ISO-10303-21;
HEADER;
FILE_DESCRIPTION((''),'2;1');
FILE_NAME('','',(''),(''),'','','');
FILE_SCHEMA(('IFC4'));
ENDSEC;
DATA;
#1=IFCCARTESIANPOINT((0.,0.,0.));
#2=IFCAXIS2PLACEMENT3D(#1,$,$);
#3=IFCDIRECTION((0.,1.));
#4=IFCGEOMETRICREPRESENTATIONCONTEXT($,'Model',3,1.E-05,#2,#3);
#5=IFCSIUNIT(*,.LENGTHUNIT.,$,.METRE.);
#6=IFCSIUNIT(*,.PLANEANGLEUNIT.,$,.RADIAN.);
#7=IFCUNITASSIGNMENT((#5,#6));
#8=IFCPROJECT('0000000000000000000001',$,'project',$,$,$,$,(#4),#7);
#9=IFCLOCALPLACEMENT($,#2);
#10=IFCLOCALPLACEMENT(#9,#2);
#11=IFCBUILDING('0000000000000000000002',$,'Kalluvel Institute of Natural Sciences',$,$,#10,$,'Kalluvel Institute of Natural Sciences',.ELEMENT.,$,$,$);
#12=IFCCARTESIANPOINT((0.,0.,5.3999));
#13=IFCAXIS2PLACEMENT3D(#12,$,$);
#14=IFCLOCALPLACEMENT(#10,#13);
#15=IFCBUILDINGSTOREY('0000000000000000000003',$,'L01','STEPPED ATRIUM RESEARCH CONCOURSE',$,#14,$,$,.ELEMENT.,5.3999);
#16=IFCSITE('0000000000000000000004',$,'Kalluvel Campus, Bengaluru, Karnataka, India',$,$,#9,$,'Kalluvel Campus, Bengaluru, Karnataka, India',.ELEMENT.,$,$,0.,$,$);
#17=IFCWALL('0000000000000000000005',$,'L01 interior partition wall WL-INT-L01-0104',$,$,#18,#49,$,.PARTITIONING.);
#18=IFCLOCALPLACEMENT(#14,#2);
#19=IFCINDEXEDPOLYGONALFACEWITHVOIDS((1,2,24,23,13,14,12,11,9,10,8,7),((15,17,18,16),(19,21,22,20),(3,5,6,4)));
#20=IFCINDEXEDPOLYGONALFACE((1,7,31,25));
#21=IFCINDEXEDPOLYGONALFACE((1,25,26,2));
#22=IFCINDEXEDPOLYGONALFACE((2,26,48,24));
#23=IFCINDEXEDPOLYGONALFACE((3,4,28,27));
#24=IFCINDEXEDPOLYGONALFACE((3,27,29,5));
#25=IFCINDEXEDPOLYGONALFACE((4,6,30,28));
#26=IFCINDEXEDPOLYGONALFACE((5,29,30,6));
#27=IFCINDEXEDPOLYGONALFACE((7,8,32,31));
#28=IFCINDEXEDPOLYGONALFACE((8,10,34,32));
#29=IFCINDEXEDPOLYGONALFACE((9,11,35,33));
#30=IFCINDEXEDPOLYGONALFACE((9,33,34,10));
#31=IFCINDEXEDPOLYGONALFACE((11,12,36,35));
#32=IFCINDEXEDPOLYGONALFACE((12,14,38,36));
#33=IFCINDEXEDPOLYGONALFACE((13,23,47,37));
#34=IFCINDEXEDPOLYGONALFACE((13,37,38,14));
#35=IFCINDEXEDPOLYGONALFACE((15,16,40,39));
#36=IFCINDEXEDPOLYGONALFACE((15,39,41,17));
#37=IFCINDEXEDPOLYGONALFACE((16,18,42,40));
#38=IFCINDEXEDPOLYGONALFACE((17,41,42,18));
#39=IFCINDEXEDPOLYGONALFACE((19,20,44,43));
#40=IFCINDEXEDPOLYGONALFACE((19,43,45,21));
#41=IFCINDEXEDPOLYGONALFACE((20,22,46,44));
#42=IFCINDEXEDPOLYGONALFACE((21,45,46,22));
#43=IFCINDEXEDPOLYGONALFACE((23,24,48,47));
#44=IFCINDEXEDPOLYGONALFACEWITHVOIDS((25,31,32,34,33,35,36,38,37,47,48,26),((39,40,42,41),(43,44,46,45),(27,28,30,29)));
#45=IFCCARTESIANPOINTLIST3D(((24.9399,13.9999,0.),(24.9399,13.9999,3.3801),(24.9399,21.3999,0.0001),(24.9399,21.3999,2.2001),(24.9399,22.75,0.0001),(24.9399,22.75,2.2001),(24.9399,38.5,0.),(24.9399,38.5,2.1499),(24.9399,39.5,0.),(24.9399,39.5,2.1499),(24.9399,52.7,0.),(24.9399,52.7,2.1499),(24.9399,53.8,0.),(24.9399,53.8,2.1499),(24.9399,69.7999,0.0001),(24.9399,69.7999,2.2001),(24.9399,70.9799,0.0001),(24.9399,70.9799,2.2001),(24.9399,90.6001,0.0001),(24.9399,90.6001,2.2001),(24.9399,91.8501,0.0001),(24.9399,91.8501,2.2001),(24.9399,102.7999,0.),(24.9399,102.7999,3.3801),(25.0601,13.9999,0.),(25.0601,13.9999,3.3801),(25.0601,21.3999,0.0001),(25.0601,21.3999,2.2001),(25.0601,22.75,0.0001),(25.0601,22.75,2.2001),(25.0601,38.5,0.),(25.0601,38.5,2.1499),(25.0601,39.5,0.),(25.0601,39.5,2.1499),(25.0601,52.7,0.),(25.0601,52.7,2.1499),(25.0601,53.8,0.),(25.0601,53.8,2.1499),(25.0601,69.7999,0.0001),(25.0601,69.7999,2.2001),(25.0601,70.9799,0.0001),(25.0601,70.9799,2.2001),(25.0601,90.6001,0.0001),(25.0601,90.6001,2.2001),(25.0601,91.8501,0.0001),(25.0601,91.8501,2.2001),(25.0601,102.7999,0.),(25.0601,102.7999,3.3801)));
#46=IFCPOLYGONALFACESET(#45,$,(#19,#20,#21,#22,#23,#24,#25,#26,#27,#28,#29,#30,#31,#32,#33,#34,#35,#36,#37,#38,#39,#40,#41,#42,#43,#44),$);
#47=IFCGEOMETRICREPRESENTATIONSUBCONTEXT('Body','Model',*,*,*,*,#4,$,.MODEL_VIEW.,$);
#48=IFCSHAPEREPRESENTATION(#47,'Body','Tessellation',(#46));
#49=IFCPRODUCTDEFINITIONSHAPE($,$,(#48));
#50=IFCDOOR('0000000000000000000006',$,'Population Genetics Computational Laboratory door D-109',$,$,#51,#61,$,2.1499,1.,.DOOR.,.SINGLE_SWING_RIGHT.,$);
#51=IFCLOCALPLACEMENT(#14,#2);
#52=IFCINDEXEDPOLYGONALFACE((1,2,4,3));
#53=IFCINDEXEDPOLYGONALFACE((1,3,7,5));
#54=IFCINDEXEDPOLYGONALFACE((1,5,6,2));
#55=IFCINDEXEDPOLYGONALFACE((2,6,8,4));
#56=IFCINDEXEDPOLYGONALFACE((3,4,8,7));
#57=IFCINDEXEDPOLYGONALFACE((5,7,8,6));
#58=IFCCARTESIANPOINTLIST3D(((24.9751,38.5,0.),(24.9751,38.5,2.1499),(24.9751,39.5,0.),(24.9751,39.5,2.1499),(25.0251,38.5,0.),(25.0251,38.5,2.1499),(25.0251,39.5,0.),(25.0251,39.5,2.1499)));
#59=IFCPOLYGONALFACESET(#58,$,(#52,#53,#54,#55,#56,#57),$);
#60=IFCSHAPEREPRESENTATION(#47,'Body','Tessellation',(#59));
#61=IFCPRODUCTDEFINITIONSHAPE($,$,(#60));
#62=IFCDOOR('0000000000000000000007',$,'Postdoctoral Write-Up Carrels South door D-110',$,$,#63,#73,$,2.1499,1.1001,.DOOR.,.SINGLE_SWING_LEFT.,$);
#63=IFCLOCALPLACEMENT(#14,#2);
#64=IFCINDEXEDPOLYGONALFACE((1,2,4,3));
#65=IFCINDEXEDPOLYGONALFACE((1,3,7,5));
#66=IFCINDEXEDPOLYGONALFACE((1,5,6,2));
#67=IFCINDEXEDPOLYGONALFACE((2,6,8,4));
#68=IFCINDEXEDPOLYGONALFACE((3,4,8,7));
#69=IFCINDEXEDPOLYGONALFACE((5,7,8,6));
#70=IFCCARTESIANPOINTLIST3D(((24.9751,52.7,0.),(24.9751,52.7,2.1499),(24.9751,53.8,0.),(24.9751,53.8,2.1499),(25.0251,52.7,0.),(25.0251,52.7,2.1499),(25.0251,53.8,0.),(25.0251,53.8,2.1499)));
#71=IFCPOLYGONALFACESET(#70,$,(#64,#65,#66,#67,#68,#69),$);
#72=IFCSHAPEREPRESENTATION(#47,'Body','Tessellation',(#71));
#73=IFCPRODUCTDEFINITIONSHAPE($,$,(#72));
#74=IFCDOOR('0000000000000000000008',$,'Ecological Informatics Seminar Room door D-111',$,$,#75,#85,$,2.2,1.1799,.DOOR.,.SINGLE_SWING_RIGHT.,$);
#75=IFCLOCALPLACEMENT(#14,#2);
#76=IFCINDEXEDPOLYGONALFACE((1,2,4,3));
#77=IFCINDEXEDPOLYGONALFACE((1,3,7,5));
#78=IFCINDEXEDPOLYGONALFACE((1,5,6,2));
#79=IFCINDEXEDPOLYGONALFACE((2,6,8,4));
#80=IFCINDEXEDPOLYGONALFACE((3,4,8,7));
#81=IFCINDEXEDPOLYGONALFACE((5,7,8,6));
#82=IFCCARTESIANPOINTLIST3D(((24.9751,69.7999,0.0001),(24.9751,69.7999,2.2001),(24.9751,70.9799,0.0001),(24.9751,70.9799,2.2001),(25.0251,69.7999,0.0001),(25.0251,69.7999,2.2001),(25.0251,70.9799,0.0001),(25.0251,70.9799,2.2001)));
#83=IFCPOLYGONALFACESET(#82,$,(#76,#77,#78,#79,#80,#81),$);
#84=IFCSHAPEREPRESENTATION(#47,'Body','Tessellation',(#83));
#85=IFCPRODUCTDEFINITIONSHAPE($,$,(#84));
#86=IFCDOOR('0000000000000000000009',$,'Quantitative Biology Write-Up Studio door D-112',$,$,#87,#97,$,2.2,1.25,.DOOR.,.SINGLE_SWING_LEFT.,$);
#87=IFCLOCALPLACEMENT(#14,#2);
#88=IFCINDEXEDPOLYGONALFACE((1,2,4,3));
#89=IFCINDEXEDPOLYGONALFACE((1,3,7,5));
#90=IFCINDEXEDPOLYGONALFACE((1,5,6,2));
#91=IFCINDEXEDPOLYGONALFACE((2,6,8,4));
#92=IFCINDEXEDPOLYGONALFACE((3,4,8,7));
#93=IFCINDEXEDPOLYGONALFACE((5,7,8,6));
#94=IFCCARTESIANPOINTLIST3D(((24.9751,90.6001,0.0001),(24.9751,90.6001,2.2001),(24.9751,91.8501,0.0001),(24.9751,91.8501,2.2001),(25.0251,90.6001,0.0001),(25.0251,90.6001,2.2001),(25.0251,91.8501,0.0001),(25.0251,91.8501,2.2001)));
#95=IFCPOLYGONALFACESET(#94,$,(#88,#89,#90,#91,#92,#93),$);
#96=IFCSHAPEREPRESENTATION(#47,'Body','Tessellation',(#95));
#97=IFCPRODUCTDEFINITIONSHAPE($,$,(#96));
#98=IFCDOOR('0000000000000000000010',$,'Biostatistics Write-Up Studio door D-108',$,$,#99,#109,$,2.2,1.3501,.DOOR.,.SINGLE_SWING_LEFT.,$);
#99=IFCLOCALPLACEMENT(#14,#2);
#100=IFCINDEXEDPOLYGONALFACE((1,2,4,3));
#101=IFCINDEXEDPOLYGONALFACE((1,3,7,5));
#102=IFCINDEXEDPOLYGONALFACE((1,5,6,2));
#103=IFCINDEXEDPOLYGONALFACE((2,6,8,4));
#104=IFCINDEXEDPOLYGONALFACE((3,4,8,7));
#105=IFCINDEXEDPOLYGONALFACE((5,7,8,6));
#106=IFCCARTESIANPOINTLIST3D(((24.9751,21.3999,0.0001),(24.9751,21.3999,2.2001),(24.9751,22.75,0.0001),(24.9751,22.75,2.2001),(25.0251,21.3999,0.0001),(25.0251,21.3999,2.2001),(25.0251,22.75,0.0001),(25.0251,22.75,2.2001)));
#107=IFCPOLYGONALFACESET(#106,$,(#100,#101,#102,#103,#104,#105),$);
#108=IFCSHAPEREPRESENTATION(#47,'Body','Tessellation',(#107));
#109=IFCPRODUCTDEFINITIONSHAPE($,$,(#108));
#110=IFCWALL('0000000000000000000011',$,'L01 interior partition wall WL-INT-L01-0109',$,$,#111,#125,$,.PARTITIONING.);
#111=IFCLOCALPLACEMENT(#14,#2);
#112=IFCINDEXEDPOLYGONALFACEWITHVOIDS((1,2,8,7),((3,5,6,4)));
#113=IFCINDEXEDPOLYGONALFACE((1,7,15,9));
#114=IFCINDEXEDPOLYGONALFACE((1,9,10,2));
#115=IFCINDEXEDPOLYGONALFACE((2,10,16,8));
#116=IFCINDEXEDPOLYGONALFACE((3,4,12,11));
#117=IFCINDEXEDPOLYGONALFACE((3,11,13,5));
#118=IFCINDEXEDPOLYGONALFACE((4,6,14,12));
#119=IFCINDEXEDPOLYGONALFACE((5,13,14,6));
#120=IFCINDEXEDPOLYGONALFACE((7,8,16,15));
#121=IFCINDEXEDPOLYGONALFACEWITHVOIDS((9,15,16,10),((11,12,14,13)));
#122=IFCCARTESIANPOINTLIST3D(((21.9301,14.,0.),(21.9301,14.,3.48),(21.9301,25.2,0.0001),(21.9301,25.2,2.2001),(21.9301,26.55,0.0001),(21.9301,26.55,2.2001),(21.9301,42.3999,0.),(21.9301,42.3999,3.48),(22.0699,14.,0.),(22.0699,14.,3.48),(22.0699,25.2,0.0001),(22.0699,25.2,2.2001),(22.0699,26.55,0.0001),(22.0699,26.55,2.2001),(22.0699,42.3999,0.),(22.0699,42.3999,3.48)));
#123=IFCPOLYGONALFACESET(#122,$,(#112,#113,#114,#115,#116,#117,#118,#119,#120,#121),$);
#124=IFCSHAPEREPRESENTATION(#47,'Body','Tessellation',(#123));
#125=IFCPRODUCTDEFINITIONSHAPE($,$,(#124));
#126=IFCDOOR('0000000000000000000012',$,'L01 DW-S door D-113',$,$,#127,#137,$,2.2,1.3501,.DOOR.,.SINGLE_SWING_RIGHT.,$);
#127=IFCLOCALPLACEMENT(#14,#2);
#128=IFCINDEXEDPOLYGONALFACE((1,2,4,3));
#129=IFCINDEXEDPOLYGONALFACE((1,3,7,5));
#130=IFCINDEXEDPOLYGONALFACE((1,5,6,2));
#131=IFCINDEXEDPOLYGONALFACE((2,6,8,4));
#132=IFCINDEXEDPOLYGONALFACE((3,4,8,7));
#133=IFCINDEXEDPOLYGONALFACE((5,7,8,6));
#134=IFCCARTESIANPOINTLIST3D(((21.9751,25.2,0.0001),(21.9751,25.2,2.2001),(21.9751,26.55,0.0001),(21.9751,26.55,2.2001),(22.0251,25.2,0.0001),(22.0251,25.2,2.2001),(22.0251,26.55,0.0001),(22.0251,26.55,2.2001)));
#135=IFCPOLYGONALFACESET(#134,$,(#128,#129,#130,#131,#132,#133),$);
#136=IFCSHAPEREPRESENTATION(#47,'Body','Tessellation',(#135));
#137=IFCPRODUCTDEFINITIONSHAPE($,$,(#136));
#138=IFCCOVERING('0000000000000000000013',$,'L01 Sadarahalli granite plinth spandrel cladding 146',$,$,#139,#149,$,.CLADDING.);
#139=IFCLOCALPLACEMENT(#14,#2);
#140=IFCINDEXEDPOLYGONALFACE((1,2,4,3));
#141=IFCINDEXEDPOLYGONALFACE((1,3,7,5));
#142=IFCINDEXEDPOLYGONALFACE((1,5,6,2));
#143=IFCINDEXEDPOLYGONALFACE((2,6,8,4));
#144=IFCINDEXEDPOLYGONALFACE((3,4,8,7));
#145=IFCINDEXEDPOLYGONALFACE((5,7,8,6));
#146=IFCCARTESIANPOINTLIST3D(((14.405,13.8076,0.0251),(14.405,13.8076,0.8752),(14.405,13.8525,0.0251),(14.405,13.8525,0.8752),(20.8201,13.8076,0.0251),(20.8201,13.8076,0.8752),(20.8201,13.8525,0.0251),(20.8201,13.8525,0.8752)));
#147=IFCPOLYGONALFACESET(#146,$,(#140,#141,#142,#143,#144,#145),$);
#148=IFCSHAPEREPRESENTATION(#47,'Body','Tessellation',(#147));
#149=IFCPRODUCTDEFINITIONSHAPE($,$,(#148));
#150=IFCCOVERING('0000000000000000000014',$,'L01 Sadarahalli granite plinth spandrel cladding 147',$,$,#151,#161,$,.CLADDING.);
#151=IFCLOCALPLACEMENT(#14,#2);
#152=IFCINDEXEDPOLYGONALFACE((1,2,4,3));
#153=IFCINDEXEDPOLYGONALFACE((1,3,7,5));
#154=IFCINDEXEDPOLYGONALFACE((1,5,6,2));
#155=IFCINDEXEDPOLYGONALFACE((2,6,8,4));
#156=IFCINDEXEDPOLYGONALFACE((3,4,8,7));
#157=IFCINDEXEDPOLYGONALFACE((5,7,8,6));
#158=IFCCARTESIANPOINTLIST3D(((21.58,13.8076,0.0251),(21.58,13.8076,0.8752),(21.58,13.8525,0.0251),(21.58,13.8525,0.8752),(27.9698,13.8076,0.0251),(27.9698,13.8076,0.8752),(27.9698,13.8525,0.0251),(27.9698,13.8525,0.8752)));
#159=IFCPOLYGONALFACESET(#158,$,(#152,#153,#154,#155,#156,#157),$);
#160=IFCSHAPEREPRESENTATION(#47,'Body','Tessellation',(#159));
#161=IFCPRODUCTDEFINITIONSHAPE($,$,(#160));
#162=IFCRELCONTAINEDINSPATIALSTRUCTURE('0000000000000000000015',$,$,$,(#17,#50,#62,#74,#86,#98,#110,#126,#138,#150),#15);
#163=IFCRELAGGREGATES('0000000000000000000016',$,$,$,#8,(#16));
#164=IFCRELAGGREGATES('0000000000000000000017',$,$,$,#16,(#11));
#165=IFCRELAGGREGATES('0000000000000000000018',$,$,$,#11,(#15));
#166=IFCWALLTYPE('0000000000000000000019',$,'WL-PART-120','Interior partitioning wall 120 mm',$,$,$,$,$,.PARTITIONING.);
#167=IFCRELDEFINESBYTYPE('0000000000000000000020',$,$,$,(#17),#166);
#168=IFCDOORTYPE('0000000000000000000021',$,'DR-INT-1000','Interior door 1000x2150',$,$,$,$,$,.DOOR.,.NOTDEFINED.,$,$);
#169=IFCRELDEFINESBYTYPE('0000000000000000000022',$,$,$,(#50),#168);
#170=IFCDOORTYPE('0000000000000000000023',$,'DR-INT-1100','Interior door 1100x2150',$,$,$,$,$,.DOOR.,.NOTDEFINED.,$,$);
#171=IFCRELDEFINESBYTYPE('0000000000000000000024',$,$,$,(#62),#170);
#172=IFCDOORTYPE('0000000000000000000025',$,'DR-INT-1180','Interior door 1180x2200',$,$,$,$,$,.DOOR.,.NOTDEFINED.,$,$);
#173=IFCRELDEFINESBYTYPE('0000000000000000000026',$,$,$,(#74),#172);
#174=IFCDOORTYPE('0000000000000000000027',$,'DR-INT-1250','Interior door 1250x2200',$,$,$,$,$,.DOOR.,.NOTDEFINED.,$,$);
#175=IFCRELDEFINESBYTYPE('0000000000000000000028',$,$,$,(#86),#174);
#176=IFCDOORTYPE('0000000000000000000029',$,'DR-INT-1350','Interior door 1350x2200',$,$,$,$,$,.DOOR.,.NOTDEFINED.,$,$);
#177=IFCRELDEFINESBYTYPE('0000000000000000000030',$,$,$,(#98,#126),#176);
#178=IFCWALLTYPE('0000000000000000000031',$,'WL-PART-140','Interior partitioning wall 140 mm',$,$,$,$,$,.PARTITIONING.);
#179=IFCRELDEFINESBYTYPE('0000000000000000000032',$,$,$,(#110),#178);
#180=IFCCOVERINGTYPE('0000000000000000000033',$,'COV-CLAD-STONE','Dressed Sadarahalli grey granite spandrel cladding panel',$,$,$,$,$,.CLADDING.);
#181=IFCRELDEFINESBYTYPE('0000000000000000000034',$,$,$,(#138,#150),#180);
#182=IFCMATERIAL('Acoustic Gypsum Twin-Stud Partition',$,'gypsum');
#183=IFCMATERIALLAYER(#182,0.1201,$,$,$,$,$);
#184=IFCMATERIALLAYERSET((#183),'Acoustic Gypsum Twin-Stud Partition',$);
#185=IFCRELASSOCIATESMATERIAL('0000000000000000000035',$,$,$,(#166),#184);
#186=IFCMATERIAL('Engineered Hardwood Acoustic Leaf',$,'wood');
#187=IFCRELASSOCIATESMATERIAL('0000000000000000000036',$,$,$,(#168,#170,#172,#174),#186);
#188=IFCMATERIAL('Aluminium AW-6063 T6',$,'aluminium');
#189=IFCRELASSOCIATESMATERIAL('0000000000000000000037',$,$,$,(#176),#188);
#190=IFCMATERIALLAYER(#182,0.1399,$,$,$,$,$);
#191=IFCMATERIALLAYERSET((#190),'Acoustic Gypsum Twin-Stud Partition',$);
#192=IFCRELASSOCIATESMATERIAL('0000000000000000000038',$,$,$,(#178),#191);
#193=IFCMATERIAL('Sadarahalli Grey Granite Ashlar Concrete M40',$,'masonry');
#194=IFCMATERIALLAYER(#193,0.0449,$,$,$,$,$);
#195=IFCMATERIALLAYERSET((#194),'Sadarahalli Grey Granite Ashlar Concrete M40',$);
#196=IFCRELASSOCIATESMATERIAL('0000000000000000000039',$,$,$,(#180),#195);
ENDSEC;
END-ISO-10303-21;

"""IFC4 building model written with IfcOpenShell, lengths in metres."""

from ifc_helpers import new_model, si_unit, direction, frame, frame_2d, origin, origin_2d, place, context, subcontext, project, spatial, rectangle, extrude, material, layer, layer_set, type_object, element, fill, save


model = new_model("IFC4")

# Units and contexts
model_context = context("Model", 3, precision=1e-05, world=origin(), true_north=direction((0.0, 1.0)))
body_context = subcontext(model_context, "Body", "Model", "MODEL_VIEW")
ifc_project = project(units=[si_unit("LENGTHUNIT", "METRE"), si_unit("PLANEANGLEUNIT", "RADIAN")], contexts=[model_context])

# Site, building, storey
site_placement = place(None, origin())
site = spatial("IfcSite", under=ifc_project, at=site_placement, Name="Kalluvel Campus, Bengaluru, Karnataka, India", LongName="Kalluvel Campus, Bengaluru, Karnataka, India", CompositionType="ELEMENT", RefElevation=0.0)
building_placement = place(site_placement, origin())
building = spatial("IfcBuilding", under=site, at=building_placement, Name="Kalluvel Institute of Natural Sciences", LongName="Kalluvel Institute of Natural Sciences", CompositionType="ELEMENT")
storey_placement = place(building_placement, frame((0.0, 0.0, 5.3999)))
storey = spatial("IfcBuildingStorey", under=building, at=storey_placement, Name="L01", Description="STEPPED ATRIUM RESEARCH CONCOURSE", CompositionType="ELEMENT", Elevation=5.3999)

# Shared definitions
ifc_material_1 = material(Name="Aluminium AW-6063 T6", Category="aluminium")

# Shared definitions
ifc_material_2 = material(Name="Sadarahalli Grey Granite Ashlar Concrete M40", Category="masonry")

# Wall, openings, doors
ifc_material_3 = material(Name="Acoustic Gypsum Twin-Stud Partition", Category="gypsum")
ifc_layer_1 = layer(ifc_material_3, 0.1201)
ifc_layer_set_1 = layer_set([ifc_layer_1], Name="Acoustic Gypsum Twin-Stud Partition")
wall_type_1 = type_object("IfcWallType", Name="WL-PART-120", Description="Interior partitioning wall 120 mm", PredefinedType="PARTITIONING", material=ifc_layer_set_1)
wall_1_placement = place(storey_placement, frame((25.0, 14.0, 0.0), z_axis=(0.0, 0.0, 1.0), x_axis=(0.0, 1.0, 0.0)))
wall_1 = element("IfcWall", 1, at=wall_1_placement, inside=storey, type_object=wall_type_1, Name="L01 interior partition wall WL-INT-L01-0104", PredefinedType="PARTITIONING", context=body_context, shape_type="SweptSolid", body=[
    extrude(rectangle(XDim=88.8, YDim=0.1201, at=frame_2d((44.3999, 0.0))), origin(), (0.0, 0.0, 1.0), 3.3801),
])
opening_1_placement = place(wall_1_placement, frame((7.3999, 0.0, 0.0)))
opening_1 = element("IfcOpeningElement", 2, at=opening_1_placement, cuts=wall_1, PredefinedType="OPENING", context=body_context, shape_type="SweptSolid", body=[
    extrude(rectangle(XDim=1.3501, YDim=2.2, at=frame_2d((0.675, 1.1001))), frame((0.0, 0.0701, 0.0), z_axis=(0.0, -1.0, 0.0), x_axis=(1.0, 0.0, 0.0)), (0.0, 0.0, 1.0), 0.1401),
])
opening_2_placement = place(wall_1_placement, frame((24.5, 0.0, 0.0)))
opening_2 = element("IfcOpeningElement", 3, at=opening_2_placement, cuts=wall_1, PredefinedType="OPENING", context=body_context, shape_type="SweptSolid", body=[
    extrude(rectangle(XDim=1.0, YDim=2.1499, at=frame_2d((0.5, 1.075))), frame((0.0, 0.0701, 0.0), z_axis=(0.0, -1.0, 0.0), x_axis=(1.0, 0.0, 0.0)), (0.0, 0.0, 1.0), 0.1401),
])
opening_3_placement = place(wall_1_placement, frame((38.7, 0.0, 0.0)))
opening_3 = element("IfcOpeningElement", 4, at=opening_3_placement, cuts=wall_1, PredefinedType="OPENING", context=body_context, shape_type="SweptSolid", body=[
    extrude(rectangle(XDim=1.1001, YDim=2.1499, at=frame_2d((0.55, 1.075))), frame((0.0, 0.0701, 0.0), z_axis=(0.0, -1.0, 0.0), x_axis=(1.0, 0.0, 0.0)), (0.0, 0.0, 1.0), 0.1401),
])
opening_4_placement = place(wall_1_placement, frame((55.8, 0.0, 0.0)))
opening_4 = element("IfcOpeningElement", 5, at=opening_4_placement, cuts=wall_1, PredefinedType="OPENING", context=body_context, shape_type="SweptSolid", body=[
    extrude(rectangle(XDim=1.1799, YDim=2.2, at=frame_2d((0.5898, 1.1001))), frame((0.0, 0.0701, 0.0), z_axis=(0.0, -1.0, 0.0), x_axis=(1.0, 0.0, 0.0)), (0.0, 0.0, 1.0), 0.1401),
])
opening_5_placement = place(wall_1_placement, frame((76.6001, 0.0, 0.0)))
opening_5 = element("IfcOpeningElement", 6, at=opening_5_placement, cuts=wall_1, PredefinedType="OPENING", context=body_context, shape_type="SweptSolid", body=[
    extrude(rectangle(XDim=1.25, YDim=2.2, at=frame_2d((0.625, 1.1001))), frame((0.0, 0.0701, 0.0), z_axis=(0.0, -1.0, 0.0), x_axis=(1.0, 0.0, 0.0)), (0.0, 0.0, 1.0), 0.1401),
])
ifc_material_4 = material(Name="Engineered Hardwood Acoustic Leaf", Category="wood")
door_type_1 = type_object("IfcDoorType", Name="DR-INT-1000", Description="Interior door 1000x2150", OperationType="NOTDEFINED", PredefinedType="DOOR", material=ifc_material_4)
door_1_placement = place(opening_2_placement, origin())
door_1 = element("IfcDoor", 7, at=door_1_placement, inside=storey, type_object=door_type_1, Name="Population Genetics Computational Laboratory door D-109", OperationType="SINGLE_SWING_RIGHT", OverallHeight=2.1499, OverallWidth=1.0, PredefinedType="DOOR", context=body_context, shape_type="SweptSolid", body=[
    extrude(rectangle(XDim=1.0, YDim=2.1499, at=frame_2d((0.5, 1.075))), frame((0.0, 0.0249, 0.0), z_axis=(0.0, -1.0, 0.0), x_axis=(1.0, 0.0, 0.0)), (0.0, 0.0, 1.0), 0.05),
])
fill(opening_2, door_1)
door_type_2 = type_object("IfcDoorType", Name="DR-INT-1100", Description="Interior door 1100x2150", OperationType="NOTDEFINED", PredefinedType="DOOR", material=ifc_material_4)
door_2_placement = place(opening_3_placement, origin())
door_2 = element("IfcDoor", 8, at=door_2_placement, inside=storey, type_object=door_type_2, Name="Postdoctoral Write-Up Carrels South door D-110", OperationType="SINGLE_SWING_LEFT", OverallHeight=2.1499, OverallWidth=1.1001, PredefinedType="DOOR", context=body_context, shape_type="SweptSolid", body=[
    extrude(rectangle(XDim=1.1001, YDim=2.1499, at=frame_2d((0.55, 1.075))), frame((0.0, 0.0249, 0.0), z_axis=(0.0, -1.0, 0.0), x_axis=(1.0, 0.0, 0.0)), (0.0, 0.0, 1.0), 0.05),
])
fill(opening_3, door_2)
door_type_3 = type_object("IfcDoorType", Name="DR-INT-1180", Description="Interior door 1180x2200", OperationType="NOTDEFINED", PredefinedType="DOOR", material=ifc_material_4)
door_3_placement = place(opening_4_placement, origin())
door_3 = element("IfcDoor", 9, at=door_3_placement, inside=storey, type_object=door_type_3, Name="Ecological Informatics Seminar Room door D-111", OperationType="SINGLE_SWING_RIGHT", OverallHeight=2.2, OverallWidth=1.1799, PredefinedType="DOOR", context=body_context, shape_type="SweptSolid", body=[
    extrude(rectangle(XDim=1.1799, YDim=2.2, at=frame_2d((0.5898, 1.1001))), frame((0.0, 0.0249, 0.0), z_axis=(0.0, -1.0, 0.0), x_axis=(1.0, 0.0, 0.0)), (0.0, 0.0, 1.0), 0.05),
])
fill(opening_4, door_3)
door_type_4 = type_object("IfcDoorType", Name="DR-INT-1250", Description="Interior door 1250x2200", OperationType="NOTDEFINED", PredefinedType="DOOR", material=ifc_material_4)
door_4_placement = place(opening_5_placement, origin())
door_4 = element("IfcDoor", 10, at=door_4_placement, inside=storey, type_object=door_type_4, Name="Quantitative Biology Write-Up Studio door D-112", OperationType="SINGLE_SWING_LEFT", OverallHeight=2.2, OverallWidth=1.25, PredefinedType="DOOR", context=body_context, shape_type="SweptSolid", body=[
    extrude(rectangle(XDim=1.25, YDim=2.2, at=frame_2d((0.625, 1.1001))), frame((0.0, 0.0249, 0.0), z_axis=(0.0, -1.0, 0.0), x_axis=(1.0, 0.0, 0.0)), (0.0, 0.0, 1.0), 0.05),
])
fill(opening_5, door_4)
door_type_5 = type_object("IfcDoorType", Name="DR-INT-1350", Description="Interior door 1350x2200", OperationType="NOTDEFINED", PredefinedType="DOOR", material=ifc_material_1)
door_5_placement = place(opening_1_placement, origin())
door_5 = element("IfcDoor", 11, at=door_5_placement, inside=storey, type_object=door_type_5, Name="Biostatistics Write-Up Studio door D-108", OperationType="SINGLE_SWING_LEFT", OverallHeight=2.2, OverallWidth=1.3501, PredefinedType="DOOR", context=body_context, shape_type="SweptSolid", body=[
    extrude(rectangle(XDim=1.3501, YDim=2.2, at=frame_2d((0.675, 1.1001))), frame((0.0, 0.0249, 0.0), z_axis=(0.0, -1.0, 0.0), x_axis=(1.0, 0.0, 0.0)), (0.0, 0.0, 1.0), 0.05),
])
fill(opening_1, door_5)

# Wall, opening, door
ifc_layer_2 = layer(ifc_material_3, 0.1399)
ifc_layer_set_2 = layer_set([ifc_layer_2], Name="Acoustic Gypsum Twin-Stud Partition")
wall_type_2 = type_object("IfcWallType", Name="WL-PART-140", Description="Interior partitioning wall 140 mm", PredefinedType="PARTITIONING", material=ifc_layer_set_2)
wall_2_placement = place(storey_placement, frame((22.0, 14.0, 0.0), z_axis=(0.0, 0.0, 1.0), x_axis=(0.0, 1.0, 0.0)))
wall_2 = element("IfcWall", 12, at=wall_2_placement, inside=storey, type_object=wall_type_2, Name="L01 interior partition wall WL-INT-L01-0109", PredefinedType="PARTITIONING", context=body_context, shape_type="SweptSolid", body=[
    extrude(rectangle(XDim=28.3999, YDim=0.1399, at=frame_2d((14.2, 0.0))), origin(), (0.0, 0.0, 1.0), 3.48),
])
opening_6_placement = place(wall_2_placement, frame((11.2, 0.0, 0.0)))
opening_6 = element("IfcOpeningElement", 13, at=opening_6_placement, cuts=wall_2, PredefinedType="OPENING", context=body_context, shape_type="SweptSolid", body=[
    extrude(rectangle(XDim=1.3501, YDim=2.2, at=frame_2d((0.675, 1.1001))), frame((0.0, 0.0798, 0.0), z_axis=(0.0, -1.0, 0.0), x_axis=(1.0, 0.0, 0.0)), (0.0, 0.0, 1.0), 0.1599),
])
door_6_placement = place(opening_6_placement, origin())
door_6 = element("IfcDoor", 14, at=door_6_placement, inside=storey, type_object=door_type_5, Name="L01 DW-S door D-113", OperationType="SINGLE_SWING_RIGHT", OverallHeight=2.2, OverallWidth=1.3501, PredefinedType="DOOR", context=body_context, shape_type="SweptSolid", body=[
    extrude(rectangle(XDim=1.3501, YDim=2.2, at=frame_2d((0.675, 1.1001))), frame((0.0, 0.0249, 0.0), z_axis=(0.0, -1.0, 0.0), x_axis=(1.0, 0.0, 0.0)), (0.0, 0.0, 1.0), 0.05),
])
fill(opening_6, door_6)

# Coverings
ifc_layer_3 = layer(ifc_material_2, 0.0449)
ifc_layer_set_3 = layer_set([ifc_layer_3], Name="Sadarahalli Grey Granite Ashlar Concrete M40")
covering_type = type_object("IfcCoveringType", Name="COV-CLAD-STONE", Description="Dressed Sadarahalli grey granite spandrel cladding panel", PredefinedType="CLADDING", material=ifc_layer_set_3)
covering_1_placement = place(storey_placement, frame((17.6125, 13.8301, 0.0251), z_axis=(0.0, 0.0, 1.0), x_axis=(1.0, 0.0, 0.0)))
element("IfcCovering", 15, at=covering_1_placement, inside=storey, type_object=covering_type, Name="L01 Sadarahalli granite plinth spandrel cladding 146", PredefinedType="CLADDING", context=body_context, shape_type="SweptSolid", body=[
    extrude(rectangle(XDim=6.415, YDim=0.0449, at=origin_2d()), origin(), (0.0, 0.0, 1.0), 0.8501),
])
covering_2_placement = place(storey_placement, frame((24.7749, 13.8301, 0.0251), z_axis=(0.0, 0.0, 1.0), x_axis=(1.0, 0.0, 0.0)))
element("IfcCovering", 16, at=covering_2_placement, inside=storey, type_object=covering_type, Name="L01 Sadarahalli granite plinth spandrel cladding 147", PredefinedType="CLADDING", context=body_context, shape_type="SweptSolid", body=[
    extrude(rectangle(XDim=6.3899, YDim=0.0449, at=origin_2d()), origin(), (0.0, 0.0, 1.0), 0.8501),
])

save(model, "model.ifc")
